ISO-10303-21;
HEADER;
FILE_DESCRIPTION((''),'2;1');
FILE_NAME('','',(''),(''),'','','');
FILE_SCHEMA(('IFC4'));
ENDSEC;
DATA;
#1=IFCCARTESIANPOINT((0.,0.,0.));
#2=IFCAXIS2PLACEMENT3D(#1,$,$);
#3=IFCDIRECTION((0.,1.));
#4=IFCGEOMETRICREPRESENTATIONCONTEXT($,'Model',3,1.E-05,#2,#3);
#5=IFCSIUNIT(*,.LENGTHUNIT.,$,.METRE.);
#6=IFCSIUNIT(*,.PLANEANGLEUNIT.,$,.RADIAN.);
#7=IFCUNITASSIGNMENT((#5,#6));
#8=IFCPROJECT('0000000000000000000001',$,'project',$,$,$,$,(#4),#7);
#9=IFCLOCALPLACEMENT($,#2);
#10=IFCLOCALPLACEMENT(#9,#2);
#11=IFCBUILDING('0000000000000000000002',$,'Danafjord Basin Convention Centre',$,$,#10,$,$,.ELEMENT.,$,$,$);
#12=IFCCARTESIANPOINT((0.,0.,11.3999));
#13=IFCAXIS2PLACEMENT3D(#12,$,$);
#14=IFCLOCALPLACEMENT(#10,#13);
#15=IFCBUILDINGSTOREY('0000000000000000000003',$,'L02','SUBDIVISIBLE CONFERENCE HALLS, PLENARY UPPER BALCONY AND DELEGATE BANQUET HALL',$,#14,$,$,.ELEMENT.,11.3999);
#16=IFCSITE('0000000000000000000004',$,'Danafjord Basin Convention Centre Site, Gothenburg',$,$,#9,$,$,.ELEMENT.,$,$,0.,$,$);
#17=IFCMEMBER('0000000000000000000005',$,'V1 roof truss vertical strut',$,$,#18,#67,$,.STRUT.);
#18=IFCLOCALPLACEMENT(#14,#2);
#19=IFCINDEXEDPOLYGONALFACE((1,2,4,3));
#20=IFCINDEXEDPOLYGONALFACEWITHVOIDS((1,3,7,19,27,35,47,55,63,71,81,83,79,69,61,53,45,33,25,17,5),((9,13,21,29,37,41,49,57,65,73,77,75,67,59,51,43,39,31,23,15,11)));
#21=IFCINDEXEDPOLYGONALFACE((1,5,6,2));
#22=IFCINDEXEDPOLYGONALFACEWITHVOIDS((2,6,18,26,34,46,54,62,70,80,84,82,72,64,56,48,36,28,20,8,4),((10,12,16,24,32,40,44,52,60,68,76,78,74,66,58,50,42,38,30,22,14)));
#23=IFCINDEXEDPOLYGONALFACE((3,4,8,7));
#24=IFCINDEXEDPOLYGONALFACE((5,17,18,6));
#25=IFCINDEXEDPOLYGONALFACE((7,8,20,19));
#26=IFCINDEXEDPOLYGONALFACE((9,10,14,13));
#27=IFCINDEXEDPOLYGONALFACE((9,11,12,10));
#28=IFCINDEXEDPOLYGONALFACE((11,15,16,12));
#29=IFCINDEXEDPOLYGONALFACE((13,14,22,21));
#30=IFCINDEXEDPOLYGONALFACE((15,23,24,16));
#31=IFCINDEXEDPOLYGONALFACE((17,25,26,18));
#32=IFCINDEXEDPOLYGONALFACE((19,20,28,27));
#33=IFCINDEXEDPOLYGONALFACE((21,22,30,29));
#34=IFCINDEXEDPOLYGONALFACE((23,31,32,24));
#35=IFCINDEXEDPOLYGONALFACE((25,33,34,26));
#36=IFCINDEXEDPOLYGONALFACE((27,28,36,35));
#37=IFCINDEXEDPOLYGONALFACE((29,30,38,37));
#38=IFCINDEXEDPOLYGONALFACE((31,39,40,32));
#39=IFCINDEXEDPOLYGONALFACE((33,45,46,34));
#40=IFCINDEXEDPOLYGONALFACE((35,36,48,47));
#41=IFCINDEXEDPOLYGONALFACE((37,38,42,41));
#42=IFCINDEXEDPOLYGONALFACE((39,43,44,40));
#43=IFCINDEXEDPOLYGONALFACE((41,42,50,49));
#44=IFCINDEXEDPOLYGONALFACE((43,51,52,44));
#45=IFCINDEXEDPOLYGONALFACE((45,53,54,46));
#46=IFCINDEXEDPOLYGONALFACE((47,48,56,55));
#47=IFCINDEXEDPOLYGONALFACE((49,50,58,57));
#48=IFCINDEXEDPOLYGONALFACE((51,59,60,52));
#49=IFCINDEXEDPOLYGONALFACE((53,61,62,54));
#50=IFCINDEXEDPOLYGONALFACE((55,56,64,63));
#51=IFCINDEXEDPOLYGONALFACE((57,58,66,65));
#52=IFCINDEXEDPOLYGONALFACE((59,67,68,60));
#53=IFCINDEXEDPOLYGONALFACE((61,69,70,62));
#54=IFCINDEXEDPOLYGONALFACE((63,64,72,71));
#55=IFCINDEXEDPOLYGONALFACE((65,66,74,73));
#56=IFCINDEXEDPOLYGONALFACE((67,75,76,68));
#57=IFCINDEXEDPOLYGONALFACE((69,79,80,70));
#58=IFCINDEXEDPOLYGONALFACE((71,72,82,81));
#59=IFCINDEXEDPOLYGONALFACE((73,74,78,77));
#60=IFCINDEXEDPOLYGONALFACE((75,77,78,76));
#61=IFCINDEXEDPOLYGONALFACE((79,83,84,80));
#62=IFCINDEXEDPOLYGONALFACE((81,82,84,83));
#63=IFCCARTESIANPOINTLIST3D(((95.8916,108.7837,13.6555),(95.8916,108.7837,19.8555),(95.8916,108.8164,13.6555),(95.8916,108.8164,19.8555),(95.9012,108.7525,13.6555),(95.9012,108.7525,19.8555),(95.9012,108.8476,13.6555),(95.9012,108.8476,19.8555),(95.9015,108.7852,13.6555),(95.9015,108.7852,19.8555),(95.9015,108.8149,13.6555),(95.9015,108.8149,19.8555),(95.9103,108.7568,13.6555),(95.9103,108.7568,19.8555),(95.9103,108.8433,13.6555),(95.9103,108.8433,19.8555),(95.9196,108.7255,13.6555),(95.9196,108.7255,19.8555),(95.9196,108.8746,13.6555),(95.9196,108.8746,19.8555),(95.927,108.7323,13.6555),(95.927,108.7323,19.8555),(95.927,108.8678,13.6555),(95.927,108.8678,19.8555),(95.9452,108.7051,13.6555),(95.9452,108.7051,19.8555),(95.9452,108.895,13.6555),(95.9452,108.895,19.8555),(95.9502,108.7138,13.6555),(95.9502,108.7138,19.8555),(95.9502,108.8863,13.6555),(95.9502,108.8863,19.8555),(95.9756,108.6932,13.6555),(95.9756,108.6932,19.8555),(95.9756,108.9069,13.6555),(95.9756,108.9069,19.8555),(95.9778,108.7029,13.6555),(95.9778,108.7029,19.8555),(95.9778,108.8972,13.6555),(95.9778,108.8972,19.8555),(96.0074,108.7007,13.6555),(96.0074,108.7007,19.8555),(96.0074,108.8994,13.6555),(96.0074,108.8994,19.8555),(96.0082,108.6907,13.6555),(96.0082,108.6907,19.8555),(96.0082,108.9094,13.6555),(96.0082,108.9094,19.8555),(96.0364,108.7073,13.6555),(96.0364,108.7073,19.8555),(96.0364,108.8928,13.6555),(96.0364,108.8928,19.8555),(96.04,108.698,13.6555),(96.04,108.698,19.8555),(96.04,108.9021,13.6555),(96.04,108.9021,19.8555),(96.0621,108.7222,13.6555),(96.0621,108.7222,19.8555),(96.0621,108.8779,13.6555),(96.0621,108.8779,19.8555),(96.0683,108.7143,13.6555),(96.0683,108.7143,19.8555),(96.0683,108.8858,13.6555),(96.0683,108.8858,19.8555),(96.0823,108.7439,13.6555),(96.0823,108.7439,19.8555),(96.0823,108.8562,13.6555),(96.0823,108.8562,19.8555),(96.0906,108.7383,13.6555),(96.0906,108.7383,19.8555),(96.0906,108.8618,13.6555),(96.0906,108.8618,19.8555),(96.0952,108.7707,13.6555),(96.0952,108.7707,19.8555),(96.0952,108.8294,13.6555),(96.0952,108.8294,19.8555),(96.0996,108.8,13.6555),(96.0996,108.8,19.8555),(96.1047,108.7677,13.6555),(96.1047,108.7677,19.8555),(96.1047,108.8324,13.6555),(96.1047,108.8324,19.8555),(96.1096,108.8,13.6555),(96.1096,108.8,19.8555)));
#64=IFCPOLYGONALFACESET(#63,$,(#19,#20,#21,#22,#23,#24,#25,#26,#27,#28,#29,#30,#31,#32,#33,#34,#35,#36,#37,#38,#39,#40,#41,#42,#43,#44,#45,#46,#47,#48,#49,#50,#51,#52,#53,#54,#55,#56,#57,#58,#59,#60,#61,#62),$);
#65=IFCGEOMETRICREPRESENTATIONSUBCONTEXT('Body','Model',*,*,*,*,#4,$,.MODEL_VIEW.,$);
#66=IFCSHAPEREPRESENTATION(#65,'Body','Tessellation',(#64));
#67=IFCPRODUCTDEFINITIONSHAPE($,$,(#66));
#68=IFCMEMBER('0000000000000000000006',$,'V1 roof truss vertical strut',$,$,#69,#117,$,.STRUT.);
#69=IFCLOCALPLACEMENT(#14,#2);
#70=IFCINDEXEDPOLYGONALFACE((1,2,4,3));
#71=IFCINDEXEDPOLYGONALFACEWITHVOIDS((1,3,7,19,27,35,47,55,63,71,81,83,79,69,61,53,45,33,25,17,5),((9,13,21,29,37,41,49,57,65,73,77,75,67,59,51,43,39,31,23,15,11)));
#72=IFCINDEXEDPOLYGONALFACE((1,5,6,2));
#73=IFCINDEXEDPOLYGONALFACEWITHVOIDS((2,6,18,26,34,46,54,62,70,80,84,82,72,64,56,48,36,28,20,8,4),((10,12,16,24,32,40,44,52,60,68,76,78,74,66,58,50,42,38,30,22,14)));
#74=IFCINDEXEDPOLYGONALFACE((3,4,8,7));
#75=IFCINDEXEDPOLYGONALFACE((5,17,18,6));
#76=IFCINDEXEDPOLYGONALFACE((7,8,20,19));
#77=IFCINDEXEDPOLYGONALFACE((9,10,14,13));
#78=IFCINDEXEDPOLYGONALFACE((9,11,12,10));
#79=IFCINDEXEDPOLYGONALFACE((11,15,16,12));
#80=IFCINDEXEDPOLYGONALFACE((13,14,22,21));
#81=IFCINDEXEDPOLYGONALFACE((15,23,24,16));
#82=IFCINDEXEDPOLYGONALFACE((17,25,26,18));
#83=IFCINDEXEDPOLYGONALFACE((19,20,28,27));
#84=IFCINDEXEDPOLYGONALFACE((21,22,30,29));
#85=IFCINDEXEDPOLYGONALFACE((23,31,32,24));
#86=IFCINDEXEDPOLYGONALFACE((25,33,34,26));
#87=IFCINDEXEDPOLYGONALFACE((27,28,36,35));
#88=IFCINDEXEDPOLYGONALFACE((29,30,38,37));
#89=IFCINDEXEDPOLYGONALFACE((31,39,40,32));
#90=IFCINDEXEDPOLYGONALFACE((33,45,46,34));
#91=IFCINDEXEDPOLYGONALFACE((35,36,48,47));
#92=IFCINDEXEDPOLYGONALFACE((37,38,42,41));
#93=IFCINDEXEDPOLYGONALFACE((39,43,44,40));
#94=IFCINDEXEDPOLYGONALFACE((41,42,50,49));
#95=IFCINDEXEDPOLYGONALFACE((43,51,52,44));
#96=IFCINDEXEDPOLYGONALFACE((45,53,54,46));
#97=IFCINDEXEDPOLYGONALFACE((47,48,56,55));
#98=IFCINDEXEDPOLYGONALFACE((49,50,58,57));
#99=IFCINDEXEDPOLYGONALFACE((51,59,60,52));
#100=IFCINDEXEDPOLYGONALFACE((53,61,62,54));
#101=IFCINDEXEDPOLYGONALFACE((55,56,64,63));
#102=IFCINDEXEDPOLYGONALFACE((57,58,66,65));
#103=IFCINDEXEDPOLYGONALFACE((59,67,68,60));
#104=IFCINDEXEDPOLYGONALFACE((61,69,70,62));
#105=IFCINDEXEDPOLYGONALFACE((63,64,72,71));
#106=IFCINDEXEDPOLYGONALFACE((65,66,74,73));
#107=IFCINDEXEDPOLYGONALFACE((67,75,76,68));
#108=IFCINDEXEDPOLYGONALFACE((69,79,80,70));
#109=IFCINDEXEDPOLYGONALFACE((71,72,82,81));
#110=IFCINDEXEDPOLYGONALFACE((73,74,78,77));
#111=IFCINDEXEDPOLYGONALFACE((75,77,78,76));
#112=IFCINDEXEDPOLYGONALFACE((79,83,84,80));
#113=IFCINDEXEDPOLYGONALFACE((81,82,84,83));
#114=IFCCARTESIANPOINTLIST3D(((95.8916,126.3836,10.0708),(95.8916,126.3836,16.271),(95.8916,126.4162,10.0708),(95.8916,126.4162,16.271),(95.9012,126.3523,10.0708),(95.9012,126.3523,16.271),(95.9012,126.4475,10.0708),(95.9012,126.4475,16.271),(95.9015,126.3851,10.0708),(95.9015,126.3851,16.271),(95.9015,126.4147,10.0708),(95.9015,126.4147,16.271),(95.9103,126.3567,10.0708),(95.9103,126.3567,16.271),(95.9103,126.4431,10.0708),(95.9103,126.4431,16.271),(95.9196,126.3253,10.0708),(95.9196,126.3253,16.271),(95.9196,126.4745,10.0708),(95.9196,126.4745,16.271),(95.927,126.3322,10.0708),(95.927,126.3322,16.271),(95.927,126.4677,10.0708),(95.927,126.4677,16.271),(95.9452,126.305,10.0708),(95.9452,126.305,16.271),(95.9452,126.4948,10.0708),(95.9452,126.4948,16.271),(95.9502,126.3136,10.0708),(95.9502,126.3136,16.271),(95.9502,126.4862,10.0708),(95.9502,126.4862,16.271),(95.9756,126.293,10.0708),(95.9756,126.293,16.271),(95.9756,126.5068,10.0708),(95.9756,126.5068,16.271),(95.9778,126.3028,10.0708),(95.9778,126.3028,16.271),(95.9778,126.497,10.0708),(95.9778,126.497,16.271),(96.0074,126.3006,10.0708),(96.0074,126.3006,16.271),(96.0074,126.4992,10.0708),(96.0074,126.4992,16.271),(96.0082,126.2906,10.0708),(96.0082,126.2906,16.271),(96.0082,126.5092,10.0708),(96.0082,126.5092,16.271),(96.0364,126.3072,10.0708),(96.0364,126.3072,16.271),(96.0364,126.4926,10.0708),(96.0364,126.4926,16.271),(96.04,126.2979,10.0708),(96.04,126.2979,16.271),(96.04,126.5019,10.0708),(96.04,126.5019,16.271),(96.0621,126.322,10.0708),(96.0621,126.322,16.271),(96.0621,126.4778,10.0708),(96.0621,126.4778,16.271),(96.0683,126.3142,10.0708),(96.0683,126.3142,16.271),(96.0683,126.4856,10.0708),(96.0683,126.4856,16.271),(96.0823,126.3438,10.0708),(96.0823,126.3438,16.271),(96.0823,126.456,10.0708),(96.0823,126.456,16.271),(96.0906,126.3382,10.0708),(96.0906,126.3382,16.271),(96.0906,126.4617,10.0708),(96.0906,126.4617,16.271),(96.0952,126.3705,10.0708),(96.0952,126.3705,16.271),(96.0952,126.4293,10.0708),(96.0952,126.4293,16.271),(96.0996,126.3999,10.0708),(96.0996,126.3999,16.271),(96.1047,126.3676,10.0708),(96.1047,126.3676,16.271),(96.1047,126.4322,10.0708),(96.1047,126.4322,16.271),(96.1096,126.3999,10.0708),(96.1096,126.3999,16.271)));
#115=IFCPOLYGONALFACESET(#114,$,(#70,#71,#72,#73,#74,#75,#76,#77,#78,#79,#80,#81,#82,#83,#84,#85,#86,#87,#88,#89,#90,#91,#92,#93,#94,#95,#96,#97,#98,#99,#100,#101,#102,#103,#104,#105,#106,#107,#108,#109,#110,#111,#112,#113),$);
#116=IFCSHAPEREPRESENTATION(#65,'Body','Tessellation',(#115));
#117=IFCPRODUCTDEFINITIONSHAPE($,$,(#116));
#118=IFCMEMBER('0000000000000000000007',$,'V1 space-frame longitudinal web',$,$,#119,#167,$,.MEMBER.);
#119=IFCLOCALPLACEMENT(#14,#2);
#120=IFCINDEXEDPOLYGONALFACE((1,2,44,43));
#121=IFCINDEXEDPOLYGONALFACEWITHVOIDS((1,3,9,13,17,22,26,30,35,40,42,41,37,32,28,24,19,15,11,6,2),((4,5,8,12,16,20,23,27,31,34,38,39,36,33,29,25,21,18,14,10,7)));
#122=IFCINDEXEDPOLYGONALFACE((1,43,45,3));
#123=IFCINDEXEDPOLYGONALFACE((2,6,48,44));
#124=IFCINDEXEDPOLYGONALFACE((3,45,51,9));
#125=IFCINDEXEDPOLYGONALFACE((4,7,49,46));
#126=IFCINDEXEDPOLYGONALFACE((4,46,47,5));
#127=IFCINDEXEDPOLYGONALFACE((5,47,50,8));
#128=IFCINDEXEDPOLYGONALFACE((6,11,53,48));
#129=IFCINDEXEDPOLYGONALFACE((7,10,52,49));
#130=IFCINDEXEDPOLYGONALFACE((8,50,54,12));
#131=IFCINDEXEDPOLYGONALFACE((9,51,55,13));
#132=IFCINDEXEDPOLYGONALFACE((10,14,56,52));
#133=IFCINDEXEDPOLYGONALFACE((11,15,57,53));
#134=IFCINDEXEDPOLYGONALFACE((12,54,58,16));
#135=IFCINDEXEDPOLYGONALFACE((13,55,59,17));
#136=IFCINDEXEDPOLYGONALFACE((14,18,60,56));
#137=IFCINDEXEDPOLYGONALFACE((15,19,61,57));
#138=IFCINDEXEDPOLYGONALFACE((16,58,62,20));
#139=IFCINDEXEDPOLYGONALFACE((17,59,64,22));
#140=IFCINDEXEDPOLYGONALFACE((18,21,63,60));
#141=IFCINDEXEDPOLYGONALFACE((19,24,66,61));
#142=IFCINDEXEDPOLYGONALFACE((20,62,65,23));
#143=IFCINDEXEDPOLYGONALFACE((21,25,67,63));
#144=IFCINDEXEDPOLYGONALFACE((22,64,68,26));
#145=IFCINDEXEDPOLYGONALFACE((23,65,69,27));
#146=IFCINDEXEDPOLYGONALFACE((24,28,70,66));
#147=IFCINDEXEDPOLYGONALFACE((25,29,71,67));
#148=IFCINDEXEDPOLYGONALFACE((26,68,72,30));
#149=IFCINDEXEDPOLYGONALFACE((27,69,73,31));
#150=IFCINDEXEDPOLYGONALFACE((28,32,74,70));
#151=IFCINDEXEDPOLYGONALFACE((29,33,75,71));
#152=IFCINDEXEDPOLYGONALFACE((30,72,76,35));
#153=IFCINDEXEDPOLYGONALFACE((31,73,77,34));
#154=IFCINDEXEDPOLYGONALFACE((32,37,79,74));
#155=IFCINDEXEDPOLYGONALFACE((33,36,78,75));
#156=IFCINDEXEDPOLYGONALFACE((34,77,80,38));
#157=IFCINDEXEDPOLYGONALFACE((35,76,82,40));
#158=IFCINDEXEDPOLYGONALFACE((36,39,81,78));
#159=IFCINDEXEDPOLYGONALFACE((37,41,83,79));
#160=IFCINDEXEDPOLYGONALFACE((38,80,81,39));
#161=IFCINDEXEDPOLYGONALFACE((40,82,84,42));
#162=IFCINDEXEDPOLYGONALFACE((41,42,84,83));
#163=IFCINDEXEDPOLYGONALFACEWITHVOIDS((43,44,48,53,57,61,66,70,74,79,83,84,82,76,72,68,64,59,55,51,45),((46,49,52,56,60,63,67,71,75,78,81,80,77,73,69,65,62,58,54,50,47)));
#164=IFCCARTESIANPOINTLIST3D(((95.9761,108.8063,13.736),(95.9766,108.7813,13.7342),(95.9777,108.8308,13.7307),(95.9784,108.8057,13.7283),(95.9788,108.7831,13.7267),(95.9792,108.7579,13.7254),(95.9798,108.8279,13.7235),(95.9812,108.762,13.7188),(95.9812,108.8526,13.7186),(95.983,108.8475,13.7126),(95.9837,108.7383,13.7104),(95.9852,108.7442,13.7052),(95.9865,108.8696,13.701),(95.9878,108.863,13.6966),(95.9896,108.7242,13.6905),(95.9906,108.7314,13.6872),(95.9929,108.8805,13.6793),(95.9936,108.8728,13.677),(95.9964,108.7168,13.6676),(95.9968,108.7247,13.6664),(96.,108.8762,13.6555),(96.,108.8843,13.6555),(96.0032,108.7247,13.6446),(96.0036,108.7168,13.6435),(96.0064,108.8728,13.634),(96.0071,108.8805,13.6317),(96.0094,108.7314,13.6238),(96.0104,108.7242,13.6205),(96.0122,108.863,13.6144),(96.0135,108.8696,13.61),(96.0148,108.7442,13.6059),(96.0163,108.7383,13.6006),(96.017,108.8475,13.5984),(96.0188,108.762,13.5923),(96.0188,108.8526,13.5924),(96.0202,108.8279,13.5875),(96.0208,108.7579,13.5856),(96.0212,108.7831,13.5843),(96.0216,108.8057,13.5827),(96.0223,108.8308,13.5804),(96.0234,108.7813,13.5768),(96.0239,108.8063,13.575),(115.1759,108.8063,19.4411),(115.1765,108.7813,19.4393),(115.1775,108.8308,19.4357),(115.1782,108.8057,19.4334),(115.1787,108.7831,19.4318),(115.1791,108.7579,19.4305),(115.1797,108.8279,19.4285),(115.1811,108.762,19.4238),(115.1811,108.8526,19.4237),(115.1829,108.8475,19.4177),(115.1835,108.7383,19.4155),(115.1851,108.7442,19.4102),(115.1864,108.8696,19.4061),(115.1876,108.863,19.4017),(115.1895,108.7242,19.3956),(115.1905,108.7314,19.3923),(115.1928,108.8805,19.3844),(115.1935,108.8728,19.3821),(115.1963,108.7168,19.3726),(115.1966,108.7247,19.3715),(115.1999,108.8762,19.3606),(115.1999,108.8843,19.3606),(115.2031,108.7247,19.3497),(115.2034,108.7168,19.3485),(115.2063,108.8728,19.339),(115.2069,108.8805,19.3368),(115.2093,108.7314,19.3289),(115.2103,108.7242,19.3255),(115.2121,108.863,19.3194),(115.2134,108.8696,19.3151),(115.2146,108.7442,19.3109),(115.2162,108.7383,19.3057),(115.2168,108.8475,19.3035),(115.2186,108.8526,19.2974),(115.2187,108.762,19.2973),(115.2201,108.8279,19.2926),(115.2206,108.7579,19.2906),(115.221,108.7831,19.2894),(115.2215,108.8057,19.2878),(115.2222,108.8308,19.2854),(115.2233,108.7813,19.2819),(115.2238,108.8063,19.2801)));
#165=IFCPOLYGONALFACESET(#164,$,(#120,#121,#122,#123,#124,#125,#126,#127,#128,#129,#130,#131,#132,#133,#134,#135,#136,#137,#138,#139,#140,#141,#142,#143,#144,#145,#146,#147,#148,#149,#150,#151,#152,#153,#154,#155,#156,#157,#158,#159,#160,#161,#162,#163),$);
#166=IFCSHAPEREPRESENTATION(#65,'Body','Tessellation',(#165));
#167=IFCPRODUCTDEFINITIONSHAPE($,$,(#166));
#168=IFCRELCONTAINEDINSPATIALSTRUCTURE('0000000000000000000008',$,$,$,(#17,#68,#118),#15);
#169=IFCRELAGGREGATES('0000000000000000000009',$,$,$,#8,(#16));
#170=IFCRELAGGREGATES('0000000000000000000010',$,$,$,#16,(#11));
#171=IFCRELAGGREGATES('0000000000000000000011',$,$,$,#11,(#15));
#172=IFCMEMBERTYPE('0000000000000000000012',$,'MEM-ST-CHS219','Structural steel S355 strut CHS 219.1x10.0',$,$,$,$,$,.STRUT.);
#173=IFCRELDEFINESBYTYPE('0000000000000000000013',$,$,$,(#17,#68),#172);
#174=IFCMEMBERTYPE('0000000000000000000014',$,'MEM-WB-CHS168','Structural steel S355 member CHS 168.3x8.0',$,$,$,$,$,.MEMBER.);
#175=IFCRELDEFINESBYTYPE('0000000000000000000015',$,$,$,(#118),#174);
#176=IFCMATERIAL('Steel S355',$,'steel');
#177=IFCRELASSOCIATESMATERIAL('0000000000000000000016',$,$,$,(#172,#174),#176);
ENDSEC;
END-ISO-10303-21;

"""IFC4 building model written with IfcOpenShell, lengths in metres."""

from ifc_helpers import new_model, si_unit, direction, frame, origin, origin_2d, place, context, subcontext, project, spatial, hollow_circle, extrude, material, material_profile, profile_set, type_object, element, save


model = new_model("IFC4")

# Units and contexts
model_context = context("Model", 3, precision=1e-05, world=origin(), true_north=direction((0.0, 1.0)))
body_context = subcontext(model_context, "Body", "Model", "MODEL_VIEW")
ifc_project = project(units=[si_unit("LENGTHUNIT", "METRE"), si_unit("PLANEANGLEUNIT", "RADIAN")], contexts=[model_context])

# Site, building, storey
site_placement = place(None, origin())
site = spatial("IfcSite", under=ifc_project, at=site_placement, Name="Danafjord Basin Convention Centre Site, Gothenburg", CompositionType="ELEMENT", RefElevation=0.0)
building_placement = place(site_placement, origin())
building = spatial("IfcBuilding", under=site, at=building_placement, Name="Danafjord Basin Convention Centre", CompositionType="ELEMENT")
storey_placement = place(building_placement, frame((0.0, 0.0, 11.3999)))
storey = spatial("IfcBuildingStorey", under=building, at=storey_placement, Name="L02", Description="SUBDIVISIBLE CONFERENCE HALLS, PLENARY UPPER BALCONY AND DELEGATE BANQUET HALL", CompositionType="ELEMENT", Elevation=11.3999)

# Shared definitions
ifc_material = material(Name="Steel S355", Category="steel")

# Members
ifc_material_profile_1 = material_profile(ifc_material, hollow_circle(Radius=0.1096, WallThickness=0.01, at=origin_2d()), Name="CHS 219.1x10.0")
ifc_profile_set_1 = profile_set([ifc_material_profile_1], Name="Steel S355")
member_type_1 = type_object("IfcMemberType", Name="MEM-ST-CHS219", Description="Structural steel S355 strut CHS 219.1x10.0", PredefinedType="STRUT", material=ifc_profile_set_1)
member_1_placement = place(storey_placement, frame((96.0, 108.8, 13.6555), z_axis=(0.0, 0.0, 1.0), x_axis=(1.0, 0.0, 0.0)))
element("IfcMember", 1, at=member_1_placement, inside=storey, type_object=member_type_1, Name="V1 roof truss vertical strut", PredefinedType="STRUT", context=body_context, shape_type="SweptSolid", body=[
    extrude(hollow_circle(Radius=0.1096, WallThickness=0.01, at=origin_2d()), origin(), (0.0, 0.0, 1.0), 6.2),
])
member_2_placement = place(storey_placement, frame((96.0, 126.3999, 10.0708), z_axis=(0.0, 0.0, 1.0), x_axis=(1.0, 0.0, 0.0)))
element("IfcMember", 2, at=member_2_placement, inside=storey, type_object=member_type_1, Name="V1 roof truss vertical strut", PredefinedType="STRUT", context=body_context, shape_type="SweptSolid", body=[
    extrude(hollow_circle(Radius=0.1096, WallThickness=0.01, at=origin_2d()), origin(), (0.0, 0.0, 1.0), 6.2002),
])
ifc_material_profile_2 = material_profile(ifc_material, hollow_circle(Radius=0.0842, WallThickness=0.0081, at=origin_2d()), Name="CHS 168.3x8.0")
ifc_profile_set_2 = profile_set([ifc_material_profile_2], Name="Steel S355")
member_type_2 = type_object("IfcMemberType", Name="MEM-WB-CHS168", Description="Structural steel S355 member CHS 168.3x8.0", PredefinedType="MEMBER", material=ifc_profile_set_2)
member_3_placement = place(storey_placement, frame((96.0, 108.8, 13.6555), z_axis=(0.958577, 0.0, 0.284832), x_axis=(0.0, 1.0, 0.0)))
element("IfcMember", 3, at=member_3_placement, inside=storey, type_object=member_type_2, Name="V1 space-frame longitudinal web", PredefinedType="MEMBER", context=body_context, shape_type="SweptSolid", body=[
    extrude(hollow_circle(Radius=0.0842, WallThickness=0.0081, at=origin_2d()), origin(), (0.0, 0.0, 1.0), 20.0295),
])

save(model, "model.ifc")
